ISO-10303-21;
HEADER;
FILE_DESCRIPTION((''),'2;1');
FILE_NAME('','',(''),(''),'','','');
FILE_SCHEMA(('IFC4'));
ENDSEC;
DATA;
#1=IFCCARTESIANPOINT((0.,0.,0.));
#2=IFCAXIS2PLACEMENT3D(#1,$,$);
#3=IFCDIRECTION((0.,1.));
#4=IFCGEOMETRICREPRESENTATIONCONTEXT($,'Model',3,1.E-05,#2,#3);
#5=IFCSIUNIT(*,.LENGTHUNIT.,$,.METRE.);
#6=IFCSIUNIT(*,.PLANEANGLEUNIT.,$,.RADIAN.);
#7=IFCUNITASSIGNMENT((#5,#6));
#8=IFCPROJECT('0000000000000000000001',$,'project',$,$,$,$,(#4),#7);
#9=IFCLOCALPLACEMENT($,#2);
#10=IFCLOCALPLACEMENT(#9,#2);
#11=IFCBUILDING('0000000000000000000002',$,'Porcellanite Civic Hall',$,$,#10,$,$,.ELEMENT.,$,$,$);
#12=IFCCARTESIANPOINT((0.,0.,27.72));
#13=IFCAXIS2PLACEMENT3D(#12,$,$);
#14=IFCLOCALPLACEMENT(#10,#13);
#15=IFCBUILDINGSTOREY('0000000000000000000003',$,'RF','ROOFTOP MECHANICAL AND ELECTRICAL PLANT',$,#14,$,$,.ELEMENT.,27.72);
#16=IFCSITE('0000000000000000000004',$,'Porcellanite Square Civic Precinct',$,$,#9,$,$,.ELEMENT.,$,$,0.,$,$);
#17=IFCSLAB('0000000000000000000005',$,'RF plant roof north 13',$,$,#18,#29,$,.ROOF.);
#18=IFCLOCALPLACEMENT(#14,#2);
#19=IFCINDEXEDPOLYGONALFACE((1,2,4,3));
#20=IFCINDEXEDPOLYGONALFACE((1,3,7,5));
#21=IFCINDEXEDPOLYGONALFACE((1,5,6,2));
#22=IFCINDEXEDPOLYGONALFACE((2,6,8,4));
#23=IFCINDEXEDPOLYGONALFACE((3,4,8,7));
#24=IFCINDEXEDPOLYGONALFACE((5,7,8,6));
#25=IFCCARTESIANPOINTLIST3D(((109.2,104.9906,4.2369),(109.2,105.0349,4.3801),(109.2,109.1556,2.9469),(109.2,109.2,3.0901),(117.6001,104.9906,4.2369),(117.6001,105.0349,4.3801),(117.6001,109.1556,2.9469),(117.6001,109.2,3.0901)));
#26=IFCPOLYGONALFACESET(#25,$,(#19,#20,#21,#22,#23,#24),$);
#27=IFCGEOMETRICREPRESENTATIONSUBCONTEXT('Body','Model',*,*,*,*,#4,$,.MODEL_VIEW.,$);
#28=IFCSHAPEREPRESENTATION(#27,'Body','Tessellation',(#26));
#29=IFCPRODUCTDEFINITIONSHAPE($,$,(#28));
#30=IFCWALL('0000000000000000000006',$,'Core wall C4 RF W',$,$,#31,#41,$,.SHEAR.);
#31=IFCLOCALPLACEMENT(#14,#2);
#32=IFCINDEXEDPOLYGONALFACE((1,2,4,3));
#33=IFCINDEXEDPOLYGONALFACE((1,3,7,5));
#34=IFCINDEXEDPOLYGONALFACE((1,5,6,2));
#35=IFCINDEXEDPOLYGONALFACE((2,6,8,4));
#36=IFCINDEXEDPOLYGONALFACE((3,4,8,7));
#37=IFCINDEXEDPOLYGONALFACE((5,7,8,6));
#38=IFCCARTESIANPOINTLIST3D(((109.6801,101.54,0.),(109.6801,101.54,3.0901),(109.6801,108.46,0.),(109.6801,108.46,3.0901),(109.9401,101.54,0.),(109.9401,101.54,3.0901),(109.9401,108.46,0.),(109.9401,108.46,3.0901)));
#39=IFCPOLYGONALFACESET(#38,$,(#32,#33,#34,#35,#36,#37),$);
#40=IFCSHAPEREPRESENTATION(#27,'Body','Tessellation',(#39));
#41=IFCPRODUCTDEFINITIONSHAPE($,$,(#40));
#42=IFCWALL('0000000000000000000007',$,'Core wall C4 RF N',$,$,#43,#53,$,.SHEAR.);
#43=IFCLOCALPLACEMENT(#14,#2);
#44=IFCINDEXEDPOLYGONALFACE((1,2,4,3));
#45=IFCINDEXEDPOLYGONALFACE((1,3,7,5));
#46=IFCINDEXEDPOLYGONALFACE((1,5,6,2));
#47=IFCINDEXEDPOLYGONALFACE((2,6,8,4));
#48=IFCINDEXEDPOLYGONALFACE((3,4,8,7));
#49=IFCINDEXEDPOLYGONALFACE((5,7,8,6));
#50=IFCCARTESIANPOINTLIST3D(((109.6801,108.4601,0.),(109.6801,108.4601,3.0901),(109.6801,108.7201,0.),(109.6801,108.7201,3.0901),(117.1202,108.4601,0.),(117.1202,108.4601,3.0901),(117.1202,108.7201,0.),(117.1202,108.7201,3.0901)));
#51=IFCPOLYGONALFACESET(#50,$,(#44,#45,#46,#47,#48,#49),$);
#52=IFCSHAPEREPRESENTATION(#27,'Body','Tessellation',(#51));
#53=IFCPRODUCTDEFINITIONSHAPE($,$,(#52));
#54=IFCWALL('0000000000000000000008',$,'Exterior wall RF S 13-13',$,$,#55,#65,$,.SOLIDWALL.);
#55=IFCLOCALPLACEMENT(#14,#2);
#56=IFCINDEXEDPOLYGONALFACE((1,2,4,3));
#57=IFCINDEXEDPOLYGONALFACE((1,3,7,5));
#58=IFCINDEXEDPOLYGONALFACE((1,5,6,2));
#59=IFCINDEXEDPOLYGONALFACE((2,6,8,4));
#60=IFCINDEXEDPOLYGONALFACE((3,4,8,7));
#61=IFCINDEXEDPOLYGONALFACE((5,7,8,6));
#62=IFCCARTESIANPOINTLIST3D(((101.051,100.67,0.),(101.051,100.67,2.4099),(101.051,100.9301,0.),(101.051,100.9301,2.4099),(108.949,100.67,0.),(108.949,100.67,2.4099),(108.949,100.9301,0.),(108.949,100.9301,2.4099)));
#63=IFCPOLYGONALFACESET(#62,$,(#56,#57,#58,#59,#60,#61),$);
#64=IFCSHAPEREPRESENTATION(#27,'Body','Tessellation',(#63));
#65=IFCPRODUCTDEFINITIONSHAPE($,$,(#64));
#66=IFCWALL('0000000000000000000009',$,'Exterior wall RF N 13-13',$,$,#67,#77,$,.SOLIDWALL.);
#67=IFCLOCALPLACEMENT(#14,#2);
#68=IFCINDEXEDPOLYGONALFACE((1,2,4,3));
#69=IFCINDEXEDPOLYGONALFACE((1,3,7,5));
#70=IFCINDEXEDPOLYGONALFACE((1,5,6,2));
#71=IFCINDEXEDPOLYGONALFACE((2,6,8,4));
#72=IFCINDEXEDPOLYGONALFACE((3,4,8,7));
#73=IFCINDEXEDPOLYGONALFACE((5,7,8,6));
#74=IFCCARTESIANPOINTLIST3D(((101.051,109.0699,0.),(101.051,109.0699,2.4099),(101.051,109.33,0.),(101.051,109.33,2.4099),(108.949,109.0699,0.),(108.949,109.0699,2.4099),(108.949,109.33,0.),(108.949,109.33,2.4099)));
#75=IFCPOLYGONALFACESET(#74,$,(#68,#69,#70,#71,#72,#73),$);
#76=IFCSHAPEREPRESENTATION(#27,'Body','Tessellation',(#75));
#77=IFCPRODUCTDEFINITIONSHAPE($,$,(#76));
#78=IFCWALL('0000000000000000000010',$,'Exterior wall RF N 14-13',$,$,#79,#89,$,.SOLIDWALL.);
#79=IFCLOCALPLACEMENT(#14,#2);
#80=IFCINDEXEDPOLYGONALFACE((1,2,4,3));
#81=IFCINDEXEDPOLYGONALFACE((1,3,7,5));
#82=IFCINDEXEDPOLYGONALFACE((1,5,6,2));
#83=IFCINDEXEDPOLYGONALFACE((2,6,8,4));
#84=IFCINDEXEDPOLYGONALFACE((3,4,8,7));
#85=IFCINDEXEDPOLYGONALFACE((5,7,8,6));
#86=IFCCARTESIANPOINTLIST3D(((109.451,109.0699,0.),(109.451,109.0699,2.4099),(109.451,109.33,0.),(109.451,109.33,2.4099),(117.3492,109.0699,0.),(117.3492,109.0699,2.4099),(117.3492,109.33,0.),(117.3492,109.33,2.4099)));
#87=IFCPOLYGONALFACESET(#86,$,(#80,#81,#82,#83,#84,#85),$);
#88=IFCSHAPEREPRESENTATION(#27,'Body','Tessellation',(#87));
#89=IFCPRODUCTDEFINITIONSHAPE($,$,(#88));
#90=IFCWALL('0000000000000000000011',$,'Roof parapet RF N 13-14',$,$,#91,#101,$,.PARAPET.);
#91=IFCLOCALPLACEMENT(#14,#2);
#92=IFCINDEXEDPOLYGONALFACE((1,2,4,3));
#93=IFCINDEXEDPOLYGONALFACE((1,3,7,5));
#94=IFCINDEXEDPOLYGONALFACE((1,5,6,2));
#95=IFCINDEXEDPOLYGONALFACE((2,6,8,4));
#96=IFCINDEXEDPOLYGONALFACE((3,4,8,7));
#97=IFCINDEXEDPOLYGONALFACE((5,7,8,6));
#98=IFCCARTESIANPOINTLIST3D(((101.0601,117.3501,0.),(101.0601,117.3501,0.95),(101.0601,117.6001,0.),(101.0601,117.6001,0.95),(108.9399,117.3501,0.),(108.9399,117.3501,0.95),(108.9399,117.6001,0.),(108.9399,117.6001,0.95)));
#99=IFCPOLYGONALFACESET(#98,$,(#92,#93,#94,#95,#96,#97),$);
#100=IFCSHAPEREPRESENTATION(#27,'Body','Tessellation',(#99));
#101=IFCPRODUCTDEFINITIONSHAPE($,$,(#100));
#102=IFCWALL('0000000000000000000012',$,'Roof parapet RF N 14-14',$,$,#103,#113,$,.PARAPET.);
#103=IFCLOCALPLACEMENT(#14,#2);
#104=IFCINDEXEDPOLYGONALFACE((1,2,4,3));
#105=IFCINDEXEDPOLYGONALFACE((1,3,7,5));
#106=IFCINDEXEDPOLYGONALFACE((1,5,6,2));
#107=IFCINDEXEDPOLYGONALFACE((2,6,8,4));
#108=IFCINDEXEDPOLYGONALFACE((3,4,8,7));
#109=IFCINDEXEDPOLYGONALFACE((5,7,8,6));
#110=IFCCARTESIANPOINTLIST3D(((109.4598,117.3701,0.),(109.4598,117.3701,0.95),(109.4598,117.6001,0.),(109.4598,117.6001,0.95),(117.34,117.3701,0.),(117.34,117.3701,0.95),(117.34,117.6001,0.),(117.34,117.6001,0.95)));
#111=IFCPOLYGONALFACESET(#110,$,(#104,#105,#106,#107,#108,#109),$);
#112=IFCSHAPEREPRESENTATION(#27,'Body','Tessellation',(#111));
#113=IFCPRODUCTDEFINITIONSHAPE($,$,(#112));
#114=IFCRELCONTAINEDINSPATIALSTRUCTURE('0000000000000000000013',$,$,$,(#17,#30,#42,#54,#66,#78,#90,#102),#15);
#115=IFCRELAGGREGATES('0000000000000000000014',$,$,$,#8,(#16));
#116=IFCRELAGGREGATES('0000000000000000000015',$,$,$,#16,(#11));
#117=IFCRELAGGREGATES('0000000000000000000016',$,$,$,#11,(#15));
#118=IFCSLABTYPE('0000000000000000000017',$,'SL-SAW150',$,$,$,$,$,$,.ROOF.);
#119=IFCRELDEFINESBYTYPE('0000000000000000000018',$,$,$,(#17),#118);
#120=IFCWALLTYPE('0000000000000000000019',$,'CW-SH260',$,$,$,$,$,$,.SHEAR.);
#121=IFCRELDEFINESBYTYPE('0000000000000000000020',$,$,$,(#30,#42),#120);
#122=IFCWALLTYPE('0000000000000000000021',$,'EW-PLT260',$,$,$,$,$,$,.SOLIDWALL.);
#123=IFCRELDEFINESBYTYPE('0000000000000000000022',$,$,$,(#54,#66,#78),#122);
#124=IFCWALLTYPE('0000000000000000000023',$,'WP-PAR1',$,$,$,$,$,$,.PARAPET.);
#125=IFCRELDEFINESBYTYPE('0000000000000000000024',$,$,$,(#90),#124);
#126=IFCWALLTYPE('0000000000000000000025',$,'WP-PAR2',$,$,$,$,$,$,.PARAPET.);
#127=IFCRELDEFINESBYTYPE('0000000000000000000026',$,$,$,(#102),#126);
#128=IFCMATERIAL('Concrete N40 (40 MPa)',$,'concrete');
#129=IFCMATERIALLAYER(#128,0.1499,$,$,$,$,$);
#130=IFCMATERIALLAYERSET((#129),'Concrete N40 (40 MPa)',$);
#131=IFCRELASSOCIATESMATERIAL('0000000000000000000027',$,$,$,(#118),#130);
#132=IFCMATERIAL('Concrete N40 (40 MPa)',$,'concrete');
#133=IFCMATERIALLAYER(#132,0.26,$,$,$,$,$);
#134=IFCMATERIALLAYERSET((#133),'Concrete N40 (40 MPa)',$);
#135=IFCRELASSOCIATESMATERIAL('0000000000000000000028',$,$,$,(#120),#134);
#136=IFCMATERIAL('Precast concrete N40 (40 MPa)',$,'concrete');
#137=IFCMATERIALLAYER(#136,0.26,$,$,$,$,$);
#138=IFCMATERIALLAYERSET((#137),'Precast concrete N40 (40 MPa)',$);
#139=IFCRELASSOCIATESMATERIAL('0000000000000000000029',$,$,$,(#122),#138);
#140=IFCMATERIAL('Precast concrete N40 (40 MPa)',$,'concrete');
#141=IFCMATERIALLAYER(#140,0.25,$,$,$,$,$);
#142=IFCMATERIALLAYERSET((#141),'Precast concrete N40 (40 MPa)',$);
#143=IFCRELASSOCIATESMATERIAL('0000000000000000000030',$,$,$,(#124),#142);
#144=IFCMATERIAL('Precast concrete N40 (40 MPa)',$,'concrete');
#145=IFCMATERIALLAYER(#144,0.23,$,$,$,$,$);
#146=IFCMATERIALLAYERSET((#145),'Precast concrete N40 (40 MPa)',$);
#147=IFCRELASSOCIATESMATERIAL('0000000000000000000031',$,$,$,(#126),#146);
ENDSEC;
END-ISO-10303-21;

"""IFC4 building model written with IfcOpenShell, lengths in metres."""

from ifc_helpers import new_model, si_unit, direction, frame, frame_2d, origin, place, context, subcontext, project, spatial, polyline, rectangle, outline, extrude, material, layer, layer_set, type_object, element, save


model = new_model("IFC4")

# Units and contexts
model_context = context("Model", 3, precision=1e-05, world=origin(), true_north=direction((0.0, 1.0)))
body_context = subcontext(model_context, "Body", "Model", "MODEL_VIEW")
ifc_project = project(units=[si_unit("LENGTHUNIT", "METRE"), si_unit("PLANEANGLEUNIT", "RADIAN")], contexts=[model_context])

# Site, building, storey
site_placement = place(None, origin())
site = spatial("IfcSite", under=ifc_project, at=site_placement, Name="Porcellanite Square Civic Precinct", CompositionType="ELEMENT", RefElevation=0.0)
building_placement = place(site_placement, origin())
building = spatial("IfcBuilding", under=site, at=building_placement, Name="Porcellanite Civic Hall", CompositionType="ELEMENT")
storey_placement = place(building_placement, frame((0.0, 0.0, 27.72)))
storey = spatial("IfcBuildingStorey", under=building, at=storey_placement, Name="RF", Description="ROOFTOP MECHANICAL AND ELECTRICAL PLANT", CompositionType="ELEMENT", Elevation=27.72)

# Slab
ifc_material_1 = material(Name="Concrete N40 (40 MPa)", Category="concrete")
ifc_layer_1 = layer(ifc_material_1, 0.1499)
ifc_layer_set_1 = layer_set([ifc_layer_1], Name="Concrete N40 (40 MPa)")
slab_type = type_object("IfcSlabType", Name="SL-SAW150", PredefinedType="ROOF", material=ifc_layer_set_1)
for number, where, z_axis, x_axis, name in (
    (1, (109.2, 105.0349, 4.3801), (0.0, 0.295864, 0.95523), (1.0, 0.0, 0.0), "RF plant roof north 13"),
):
    element("IfcSlab", number, at=place(storey_placement, frame(where, z_axis=z_axis, x_axis=x_axis)), inside=storey, type_object=slab_type, Name=name, PredefinedType="ROOF", context=body_context, shape_type="SweptSolid", body=[
        extrude(outline(polyline([(0.0, 0.0), (8.4001, 0.0), (8.4001, 4.3602), (0.0, 4.3602), (0.0, 0.0)])), origin(), (0.0, 0.0, -1.0), 0.1499),
    ])

# Walls
ifc_material_2 = material(Name="Concrete N40 (40 MPa)", Category="concrete")
ifc_layer_2 = layer(ifc_material_2, 0.26)
ifc_layer_set_2 = layer_set([ifc_layer_2], Name="Concrete N40 (40 MPa)")
wall_type_1 = type_object("IfcWallType", Name="CW-SH260", PredefinedType="SHEAR", material=ifc_layer_set_2)
wall_1_placement = place(storey_placement, frame((109.8101, 101.54, 0.0), z_axis=(0.0, 0.0, 1.0), x_axis=(0.0, 1.0, 0.0)))
element("IfcWall", 2, at=wall_1_placement, inside=storey, type_object=wall_type_1, Name="Core wall C4 RF W", PredefinedType="SHEAR", context=body_context, shape_type="SweptSolid", body=[
    extrude(rectangle(XDim=6.9199, YDim=0.26, at=frame_2d((3.46, 0.0))), origin(), (0.0, 0.0, 1.0), 3.0901),
])
wall_2_placement = place(storey_placement, frame((109.6799, 108.5901, 0.0), z_axis=(0.0, 0.0, 1.0), x_axis=(1.0, 0.0, 0.0)))
element("IfcWall", 3, at=wall_2_placement, inside=storey, type_object=wall_type_1, Name="Core wall C4 RF N", PredefinedType="SHEAR", context=body_context, shape_type="SweptSolid", body=[
    extrude(rectangle(XDim=7.4402, YDim=0.26, at=frame_2d((3.7202, 0.0))), origin(), (0.0, 0.0, 1.0), 3.0901),
])
ifc_material_3 = material(Name="Precast concrete N40 (40 MPa)", Category="concrete")
ifc_layer_3 = layer(ifc_material_3, 0.26)
ifc_layer_set_3 = layer_set([ifc_layer_3], Name="Precast concrete N40 (40 MPa)")
wall_type_2 = type_object("IfcWallType", Name="EW-PLT260", PredefinedType="SOLIDWALL", material=ifc_layer_set_3)
for number, where, z_axis, x_axis, name in (
    (4, (108.949, 100.8, 0.0), (0.0, 0.0, 1.0), (-1.0, 0.0, 0.0), "Exterior wall RF S 13-13"),
    (5, (101.051, 109.2, 0.0), (0.0, 0.0, 1.0), (1.0, 0.0, 0.0), "Exterior wall RF N 13-13"),
):
    element("IfcWall", number, at=place(storey_placement, frame(where, z_axis=z_axis, x_axis=x_axis)), inside=storey, type_object=wall_type_2, Name=name, PredefinedType="SOLIDWALL", context=body_context, shape_type="SweptSolid", body=[
        extrude(rectangle(XDim=7.8979, YDim=0.26, at=frame_2d((3.949, 0.0))), origin(), (0.0, 0.0, 1.0), 2.4099),
    ])
wall_3_placement = place(storey_placement, frame((109.4509, 109.2, 0.0), z_axis=(0.0, 0.0, 1.0), x_axis=(1.0, 0.0, 0.0)))
element("IfcWall", 6, at=wall_3_placement, inside=storey, type_object=wall_type_2, Name="Exterior wall RF N 14-13", PredefinedType="SOLIDWALL", context=body_context, shape_type="SweptSolid", body=[
    extrude(rectangle(XDim=7.8982, YDim=0.26, at=frame_2d((3.9492, 0.0))), origin(), (0.0, 0.0, 1.0), 2.4099),
])
ifc_material_4 = material(Name="Precast concrete N40 (40 MPa)", Category="concrete")
ifc_layer_4 = layer(ifc_material_4, 0.25)
ifc_layer_set_4 = layer_set([ifc_layer_4], Name="Precast concrete N40 (40 MPa)")
wall_type_3 = type_object("IfcWallType", Name="WP-PAR1", PredefinedType="PARAPET", material=ifc_layer_set_4)
wall_4_placement = place(storey_placement, frame((101.0601, 117.4751, 0.0), z_axis=(0.0, 0.0, 1.0), x_axis=(1.0, 0.0, 0.0)))
element("IfcWall", 7, at=wall_4_placement, inside=storey, type_object=wall_type_3, Name="Roof parapet RF N 13-14", PredefinedType="PARAPET", context=body_context, shape_type="SweptSolid", body=[
    extrude(rectangle(XDim=7.8799, YDim=0.25, at=frame_2d((3.9399, 0.0))), origin(), (0.0, 0.0, 1.0), 0.95),
])
ifc_material_5 = material(Name="Precast concrete N40 (40 MPa)", Category="concrete")
ifc_layer_5 = layer(ifc_material_5, 0.23)
ifc_layer_set_5 = layer_set([ifc_layer_5], Name="Precast concrete N40 (40 MPa)")
wall_type_4 = type_object("IfcWallType", Name="WP-PAR2", PredefinedType="PARAPET", material=ifc_layer_set_5)
wall_5_placement = place(storey_placement, frame((109.46, 117.4851, 0.0), z_axis=(0.0, 0.0, 1.0), x_axis=(1.0, 0.0, 0.0)))
element("IfcWall", 8, at=wall_5_placement, inside=storey, type_object=wall_type_4, Name="Roof parapet RF N 14-14", PredefinedType="PARAPET", context=body_context, shape_type="SweptSolid", body=[
    extrude(rectangle(XDim=7.8801, YDim=0.23, at=frame_2d((3.9399, 0.0))), origin(), (0.0, 0.0, 1.0), 0.95),
])

save(model, "model.ifc")
